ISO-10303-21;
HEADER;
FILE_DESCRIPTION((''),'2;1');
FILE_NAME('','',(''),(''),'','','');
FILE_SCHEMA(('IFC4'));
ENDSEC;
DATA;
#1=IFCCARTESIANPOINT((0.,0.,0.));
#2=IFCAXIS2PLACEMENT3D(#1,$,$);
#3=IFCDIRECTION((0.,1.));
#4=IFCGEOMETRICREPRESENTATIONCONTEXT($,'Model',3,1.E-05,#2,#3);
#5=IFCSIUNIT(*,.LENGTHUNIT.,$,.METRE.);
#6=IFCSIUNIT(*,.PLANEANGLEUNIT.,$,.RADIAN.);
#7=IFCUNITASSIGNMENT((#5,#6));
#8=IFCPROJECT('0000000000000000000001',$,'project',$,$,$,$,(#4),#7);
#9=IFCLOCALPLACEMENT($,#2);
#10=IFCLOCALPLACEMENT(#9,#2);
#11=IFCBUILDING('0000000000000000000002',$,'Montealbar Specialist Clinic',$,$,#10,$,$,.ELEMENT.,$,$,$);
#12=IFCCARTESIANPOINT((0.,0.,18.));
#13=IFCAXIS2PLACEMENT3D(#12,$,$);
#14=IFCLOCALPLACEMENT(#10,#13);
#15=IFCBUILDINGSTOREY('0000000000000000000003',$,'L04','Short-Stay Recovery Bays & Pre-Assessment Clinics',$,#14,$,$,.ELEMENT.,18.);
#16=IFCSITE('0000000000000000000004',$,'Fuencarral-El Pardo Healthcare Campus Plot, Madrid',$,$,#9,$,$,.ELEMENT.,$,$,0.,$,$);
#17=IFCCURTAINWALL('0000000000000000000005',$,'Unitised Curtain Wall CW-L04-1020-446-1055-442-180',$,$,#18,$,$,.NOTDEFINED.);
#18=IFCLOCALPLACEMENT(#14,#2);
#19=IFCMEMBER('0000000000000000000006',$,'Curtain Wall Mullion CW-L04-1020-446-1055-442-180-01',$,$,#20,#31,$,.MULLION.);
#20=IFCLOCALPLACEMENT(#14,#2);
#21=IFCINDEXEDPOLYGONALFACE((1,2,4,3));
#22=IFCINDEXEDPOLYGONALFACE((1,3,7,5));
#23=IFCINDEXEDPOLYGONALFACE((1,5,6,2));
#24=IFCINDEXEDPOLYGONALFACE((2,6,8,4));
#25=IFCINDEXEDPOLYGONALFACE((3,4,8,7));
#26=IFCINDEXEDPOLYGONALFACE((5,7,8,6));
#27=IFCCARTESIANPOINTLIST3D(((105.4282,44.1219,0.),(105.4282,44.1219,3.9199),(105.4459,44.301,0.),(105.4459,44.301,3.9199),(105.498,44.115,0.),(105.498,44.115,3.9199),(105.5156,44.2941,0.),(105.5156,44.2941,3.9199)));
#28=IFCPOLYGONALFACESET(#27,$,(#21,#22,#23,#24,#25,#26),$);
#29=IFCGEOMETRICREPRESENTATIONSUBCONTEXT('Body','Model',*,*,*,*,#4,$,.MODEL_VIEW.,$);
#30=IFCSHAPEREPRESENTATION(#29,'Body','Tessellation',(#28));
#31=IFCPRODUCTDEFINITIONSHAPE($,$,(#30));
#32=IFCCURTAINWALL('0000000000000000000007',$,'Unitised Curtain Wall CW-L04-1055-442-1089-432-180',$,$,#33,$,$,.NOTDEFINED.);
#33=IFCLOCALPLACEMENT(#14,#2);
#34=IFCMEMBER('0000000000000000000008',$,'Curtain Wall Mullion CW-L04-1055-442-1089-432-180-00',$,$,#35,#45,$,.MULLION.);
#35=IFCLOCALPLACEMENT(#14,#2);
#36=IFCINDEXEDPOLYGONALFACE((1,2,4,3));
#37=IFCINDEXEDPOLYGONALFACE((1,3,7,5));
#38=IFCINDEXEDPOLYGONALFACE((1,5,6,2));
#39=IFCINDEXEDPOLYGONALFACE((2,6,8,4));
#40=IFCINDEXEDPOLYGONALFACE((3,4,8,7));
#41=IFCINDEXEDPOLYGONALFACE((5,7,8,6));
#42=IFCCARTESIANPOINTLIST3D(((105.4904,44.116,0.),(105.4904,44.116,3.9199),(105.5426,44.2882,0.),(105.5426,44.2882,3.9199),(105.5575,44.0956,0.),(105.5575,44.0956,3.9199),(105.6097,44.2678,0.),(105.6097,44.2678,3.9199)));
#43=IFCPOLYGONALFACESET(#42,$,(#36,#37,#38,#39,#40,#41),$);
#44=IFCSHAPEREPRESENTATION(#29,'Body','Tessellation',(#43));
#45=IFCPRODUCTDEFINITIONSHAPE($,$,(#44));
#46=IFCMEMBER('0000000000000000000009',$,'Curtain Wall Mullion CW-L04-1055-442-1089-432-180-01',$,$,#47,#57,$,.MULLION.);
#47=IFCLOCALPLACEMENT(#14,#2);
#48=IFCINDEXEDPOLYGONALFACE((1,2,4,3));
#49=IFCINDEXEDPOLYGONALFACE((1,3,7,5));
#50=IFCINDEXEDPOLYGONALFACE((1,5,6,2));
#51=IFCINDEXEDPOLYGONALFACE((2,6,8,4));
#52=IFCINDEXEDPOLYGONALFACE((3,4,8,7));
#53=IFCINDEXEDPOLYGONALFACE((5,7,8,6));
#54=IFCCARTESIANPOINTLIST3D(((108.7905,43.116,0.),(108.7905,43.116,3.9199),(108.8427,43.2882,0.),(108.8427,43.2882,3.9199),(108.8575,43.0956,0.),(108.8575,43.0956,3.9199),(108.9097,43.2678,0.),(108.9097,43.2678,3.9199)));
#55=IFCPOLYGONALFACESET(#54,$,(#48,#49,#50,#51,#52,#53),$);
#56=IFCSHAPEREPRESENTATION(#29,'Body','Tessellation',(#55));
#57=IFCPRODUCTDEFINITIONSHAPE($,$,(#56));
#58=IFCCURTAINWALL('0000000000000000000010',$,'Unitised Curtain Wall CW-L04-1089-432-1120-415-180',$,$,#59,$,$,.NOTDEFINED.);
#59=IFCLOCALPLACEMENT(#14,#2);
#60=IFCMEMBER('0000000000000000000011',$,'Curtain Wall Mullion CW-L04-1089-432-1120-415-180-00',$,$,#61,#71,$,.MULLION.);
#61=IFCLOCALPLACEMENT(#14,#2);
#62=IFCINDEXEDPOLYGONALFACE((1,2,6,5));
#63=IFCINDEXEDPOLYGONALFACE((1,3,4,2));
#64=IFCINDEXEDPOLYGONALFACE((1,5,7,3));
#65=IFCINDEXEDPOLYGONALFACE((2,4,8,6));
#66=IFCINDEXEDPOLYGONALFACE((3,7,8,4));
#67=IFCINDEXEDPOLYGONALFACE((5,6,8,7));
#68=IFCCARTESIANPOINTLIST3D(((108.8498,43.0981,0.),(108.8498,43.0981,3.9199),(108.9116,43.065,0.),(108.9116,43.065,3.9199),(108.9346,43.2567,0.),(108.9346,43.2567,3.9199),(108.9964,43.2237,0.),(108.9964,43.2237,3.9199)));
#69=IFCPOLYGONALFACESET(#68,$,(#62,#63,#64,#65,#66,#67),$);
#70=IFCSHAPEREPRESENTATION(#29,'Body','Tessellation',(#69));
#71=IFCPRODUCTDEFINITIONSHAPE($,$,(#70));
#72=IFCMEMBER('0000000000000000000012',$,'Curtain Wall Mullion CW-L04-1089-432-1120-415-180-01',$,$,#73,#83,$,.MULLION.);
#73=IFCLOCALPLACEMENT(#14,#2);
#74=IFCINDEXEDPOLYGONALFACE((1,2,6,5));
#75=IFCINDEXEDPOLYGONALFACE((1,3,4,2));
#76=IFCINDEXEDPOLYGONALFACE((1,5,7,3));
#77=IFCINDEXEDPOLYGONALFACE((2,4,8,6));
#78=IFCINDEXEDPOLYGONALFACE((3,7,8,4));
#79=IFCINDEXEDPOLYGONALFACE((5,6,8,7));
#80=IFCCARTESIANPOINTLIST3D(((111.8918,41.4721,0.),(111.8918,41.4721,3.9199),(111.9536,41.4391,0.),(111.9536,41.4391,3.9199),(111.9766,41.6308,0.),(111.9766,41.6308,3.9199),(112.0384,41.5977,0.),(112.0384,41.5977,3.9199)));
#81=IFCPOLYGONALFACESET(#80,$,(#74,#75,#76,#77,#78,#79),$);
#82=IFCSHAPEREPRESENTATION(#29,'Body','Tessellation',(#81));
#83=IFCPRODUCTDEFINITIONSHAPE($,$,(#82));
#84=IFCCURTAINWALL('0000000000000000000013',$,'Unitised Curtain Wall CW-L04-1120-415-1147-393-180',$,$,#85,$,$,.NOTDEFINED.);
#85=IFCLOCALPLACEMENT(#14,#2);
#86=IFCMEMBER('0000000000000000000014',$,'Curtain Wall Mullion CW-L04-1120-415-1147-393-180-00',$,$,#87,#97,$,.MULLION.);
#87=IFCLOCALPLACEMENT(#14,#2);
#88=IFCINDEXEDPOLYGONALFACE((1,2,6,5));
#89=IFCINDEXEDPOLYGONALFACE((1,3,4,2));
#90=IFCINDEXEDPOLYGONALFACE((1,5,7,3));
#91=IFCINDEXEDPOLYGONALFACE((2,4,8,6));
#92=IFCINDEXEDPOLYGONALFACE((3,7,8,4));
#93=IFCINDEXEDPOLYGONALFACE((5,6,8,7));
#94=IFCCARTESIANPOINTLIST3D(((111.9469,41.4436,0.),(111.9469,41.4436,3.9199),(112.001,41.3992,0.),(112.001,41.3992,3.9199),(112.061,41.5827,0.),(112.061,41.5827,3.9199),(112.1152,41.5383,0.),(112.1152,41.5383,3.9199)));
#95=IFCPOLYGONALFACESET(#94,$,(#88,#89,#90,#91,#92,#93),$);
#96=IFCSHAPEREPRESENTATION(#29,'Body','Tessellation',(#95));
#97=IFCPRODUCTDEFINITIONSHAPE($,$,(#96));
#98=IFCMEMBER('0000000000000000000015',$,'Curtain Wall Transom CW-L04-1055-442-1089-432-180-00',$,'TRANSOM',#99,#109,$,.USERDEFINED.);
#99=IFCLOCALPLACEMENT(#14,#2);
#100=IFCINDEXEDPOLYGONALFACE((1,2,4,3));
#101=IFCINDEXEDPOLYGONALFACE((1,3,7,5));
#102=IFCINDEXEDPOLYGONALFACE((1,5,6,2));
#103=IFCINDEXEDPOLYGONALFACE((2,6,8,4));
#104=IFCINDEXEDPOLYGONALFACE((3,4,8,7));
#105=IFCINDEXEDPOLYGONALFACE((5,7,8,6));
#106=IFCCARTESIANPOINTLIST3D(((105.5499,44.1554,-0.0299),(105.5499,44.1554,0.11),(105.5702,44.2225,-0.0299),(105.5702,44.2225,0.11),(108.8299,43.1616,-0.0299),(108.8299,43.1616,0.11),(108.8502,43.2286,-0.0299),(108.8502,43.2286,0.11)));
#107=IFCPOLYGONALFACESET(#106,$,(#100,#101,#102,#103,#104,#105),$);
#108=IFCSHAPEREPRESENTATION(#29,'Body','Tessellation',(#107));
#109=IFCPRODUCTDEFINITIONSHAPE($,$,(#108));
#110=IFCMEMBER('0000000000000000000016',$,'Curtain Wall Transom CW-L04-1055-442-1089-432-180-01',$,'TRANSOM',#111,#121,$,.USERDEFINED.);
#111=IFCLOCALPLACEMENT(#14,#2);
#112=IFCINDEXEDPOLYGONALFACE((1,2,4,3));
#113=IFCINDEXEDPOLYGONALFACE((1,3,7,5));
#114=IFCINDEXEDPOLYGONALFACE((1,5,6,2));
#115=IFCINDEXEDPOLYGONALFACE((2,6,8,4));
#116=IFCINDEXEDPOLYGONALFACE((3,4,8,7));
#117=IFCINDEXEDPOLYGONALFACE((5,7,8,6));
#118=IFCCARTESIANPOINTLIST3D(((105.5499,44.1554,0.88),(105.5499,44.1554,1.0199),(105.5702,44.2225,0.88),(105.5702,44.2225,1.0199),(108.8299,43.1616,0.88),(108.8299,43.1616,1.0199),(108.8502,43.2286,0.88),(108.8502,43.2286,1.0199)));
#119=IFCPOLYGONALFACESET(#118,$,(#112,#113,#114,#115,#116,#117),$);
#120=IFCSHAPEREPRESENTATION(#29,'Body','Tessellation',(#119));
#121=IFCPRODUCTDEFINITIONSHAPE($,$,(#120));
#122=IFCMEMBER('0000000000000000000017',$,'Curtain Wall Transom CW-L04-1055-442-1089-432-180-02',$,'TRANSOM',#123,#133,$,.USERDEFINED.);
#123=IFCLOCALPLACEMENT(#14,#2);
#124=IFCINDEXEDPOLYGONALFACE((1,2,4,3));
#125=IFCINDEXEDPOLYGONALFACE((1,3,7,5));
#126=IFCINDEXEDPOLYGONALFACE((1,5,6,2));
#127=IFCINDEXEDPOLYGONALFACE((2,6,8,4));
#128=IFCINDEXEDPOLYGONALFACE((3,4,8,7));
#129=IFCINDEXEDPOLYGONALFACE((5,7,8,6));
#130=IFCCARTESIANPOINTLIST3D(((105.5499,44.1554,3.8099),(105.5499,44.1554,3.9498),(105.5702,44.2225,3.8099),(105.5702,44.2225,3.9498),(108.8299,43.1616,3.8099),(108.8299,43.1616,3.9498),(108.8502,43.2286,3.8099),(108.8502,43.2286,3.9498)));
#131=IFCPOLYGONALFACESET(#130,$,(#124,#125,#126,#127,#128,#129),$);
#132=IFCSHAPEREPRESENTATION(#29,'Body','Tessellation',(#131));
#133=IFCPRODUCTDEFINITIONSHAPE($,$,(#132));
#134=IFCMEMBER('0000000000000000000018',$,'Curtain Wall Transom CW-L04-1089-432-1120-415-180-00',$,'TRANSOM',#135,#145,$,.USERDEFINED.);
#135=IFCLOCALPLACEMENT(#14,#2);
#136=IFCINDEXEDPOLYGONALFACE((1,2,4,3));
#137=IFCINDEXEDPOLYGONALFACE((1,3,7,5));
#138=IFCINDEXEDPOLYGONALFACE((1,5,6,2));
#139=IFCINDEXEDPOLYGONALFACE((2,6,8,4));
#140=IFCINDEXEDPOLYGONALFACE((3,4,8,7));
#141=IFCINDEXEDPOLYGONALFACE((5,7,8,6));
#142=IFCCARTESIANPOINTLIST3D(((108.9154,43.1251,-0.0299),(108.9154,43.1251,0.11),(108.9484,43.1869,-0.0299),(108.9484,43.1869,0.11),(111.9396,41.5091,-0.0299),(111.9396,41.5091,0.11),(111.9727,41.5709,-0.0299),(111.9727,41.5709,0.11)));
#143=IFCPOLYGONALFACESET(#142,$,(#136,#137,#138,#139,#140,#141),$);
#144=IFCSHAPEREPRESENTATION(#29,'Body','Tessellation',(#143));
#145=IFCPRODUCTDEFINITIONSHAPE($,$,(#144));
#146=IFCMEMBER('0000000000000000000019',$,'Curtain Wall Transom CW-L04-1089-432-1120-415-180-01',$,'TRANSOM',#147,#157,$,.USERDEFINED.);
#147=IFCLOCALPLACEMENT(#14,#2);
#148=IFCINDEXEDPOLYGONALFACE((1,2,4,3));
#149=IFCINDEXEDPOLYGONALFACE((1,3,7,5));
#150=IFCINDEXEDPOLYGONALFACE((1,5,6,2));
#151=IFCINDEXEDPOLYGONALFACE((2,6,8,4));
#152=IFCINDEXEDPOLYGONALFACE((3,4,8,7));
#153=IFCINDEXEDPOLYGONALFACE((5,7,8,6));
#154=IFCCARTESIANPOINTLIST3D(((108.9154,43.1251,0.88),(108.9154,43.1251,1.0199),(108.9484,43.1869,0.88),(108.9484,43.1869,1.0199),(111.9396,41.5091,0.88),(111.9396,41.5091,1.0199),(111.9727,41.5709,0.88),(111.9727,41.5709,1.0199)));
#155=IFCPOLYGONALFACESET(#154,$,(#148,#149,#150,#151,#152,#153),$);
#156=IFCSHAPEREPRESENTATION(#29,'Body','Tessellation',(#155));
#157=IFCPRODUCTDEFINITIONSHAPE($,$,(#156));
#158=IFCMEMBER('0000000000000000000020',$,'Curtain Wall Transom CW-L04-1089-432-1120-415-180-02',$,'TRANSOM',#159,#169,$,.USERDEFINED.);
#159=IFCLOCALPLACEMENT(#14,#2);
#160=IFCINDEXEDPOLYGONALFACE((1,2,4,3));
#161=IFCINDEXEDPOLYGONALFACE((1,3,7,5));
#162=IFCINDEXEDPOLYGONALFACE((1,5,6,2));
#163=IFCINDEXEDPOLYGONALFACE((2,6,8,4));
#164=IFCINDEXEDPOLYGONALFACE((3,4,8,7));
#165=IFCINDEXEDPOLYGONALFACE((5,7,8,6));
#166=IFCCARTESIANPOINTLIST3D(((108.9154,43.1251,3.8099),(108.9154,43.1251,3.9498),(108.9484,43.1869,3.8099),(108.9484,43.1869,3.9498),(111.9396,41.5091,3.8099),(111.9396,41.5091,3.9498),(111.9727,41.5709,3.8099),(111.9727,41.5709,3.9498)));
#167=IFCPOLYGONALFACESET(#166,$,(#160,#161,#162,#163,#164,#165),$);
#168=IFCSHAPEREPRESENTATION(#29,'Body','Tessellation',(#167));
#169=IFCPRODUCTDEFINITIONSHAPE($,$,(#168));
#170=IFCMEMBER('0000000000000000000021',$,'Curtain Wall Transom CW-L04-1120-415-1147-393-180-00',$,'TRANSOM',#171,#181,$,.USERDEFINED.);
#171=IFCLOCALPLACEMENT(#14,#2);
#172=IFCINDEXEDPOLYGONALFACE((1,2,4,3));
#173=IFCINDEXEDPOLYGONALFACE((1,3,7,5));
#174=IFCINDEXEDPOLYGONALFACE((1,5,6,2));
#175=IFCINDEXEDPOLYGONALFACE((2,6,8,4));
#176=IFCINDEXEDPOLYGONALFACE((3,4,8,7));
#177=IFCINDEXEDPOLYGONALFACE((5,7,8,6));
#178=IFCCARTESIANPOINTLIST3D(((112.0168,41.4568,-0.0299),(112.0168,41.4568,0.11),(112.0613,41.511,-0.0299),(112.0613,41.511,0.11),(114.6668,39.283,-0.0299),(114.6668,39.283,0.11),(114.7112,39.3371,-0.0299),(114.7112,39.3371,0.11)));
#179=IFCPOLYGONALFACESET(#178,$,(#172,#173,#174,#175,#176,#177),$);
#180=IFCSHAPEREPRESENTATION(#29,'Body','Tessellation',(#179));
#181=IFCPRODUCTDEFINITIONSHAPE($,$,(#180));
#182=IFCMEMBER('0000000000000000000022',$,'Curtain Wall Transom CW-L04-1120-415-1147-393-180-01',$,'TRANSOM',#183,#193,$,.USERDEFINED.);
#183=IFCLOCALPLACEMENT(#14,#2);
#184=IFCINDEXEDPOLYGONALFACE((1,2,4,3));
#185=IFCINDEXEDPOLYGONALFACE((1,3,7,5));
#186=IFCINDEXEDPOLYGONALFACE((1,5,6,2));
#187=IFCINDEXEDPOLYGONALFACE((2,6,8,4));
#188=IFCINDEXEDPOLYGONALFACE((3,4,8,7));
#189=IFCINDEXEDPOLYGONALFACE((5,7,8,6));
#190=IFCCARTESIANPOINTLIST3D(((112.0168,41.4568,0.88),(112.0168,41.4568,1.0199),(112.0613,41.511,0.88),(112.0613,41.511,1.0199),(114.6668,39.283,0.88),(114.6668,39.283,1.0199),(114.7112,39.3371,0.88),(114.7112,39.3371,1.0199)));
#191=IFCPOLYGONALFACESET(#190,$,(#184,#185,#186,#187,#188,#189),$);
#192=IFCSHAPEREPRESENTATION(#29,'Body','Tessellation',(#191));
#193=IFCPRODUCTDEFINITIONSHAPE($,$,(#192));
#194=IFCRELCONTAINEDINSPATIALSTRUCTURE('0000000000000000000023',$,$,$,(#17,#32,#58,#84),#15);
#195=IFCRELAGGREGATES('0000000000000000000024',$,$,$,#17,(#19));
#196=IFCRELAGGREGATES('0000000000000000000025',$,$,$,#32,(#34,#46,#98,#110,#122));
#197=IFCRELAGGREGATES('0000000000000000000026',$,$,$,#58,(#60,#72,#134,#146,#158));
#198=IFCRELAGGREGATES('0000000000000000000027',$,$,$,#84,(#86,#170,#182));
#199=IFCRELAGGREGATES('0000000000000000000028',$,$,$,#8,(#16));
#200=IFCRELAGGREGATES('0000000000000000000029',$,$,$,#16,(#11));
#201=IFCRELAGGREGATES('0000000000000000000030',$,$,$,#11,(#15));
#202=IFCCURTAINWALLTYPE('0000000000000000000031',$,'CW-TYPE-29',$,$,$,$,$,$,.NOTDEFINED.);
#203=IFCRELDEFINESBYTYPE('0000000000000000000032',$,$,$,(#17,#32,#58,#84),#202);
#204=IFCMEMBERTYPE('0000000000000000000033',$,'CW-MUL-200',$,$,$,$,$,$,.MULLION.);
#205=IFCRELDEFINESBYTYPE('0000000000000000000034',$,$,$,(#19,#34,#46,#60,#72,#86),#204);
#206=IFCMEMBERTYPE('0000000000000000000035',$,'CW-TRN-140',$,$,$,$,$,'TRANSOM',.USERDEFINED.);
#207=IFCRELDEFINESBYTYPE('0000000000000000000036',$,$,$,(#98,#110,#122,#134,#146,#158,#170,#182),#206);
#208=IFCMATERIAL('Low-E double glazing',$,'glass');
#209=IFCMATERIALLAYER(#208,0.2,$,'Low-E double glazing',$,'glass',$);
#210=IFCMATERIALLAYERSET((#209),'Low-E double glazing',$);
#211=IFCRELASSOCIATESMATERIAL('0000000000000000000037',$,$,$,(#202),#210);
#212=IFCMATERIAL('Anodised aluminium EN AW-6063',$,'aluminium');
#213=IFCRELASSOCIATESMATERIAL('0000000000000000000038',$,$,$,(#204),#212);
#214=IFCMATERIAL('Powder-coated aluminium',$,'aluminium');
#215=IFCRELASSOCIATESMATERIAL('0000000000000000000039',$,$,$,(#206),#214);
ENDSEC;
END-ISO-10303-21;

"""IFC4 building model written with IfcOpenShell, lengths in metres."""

from ifc_helpers import new_model, si_unit, direction, frame, origin, origin_2d, place, context, subcontext, project, spatial, rectangle, extrude, material, layer, layer_set, material_profile, profile_set, type_object, element, aggregate, save


model = new_model("IFC4")

# Units and contexts
model_context = context("Model", 3, precision=1e-05, world=origin(), true_north=direction((0.0, 1.0)))
body_context = subcontext(model_context, "Body", "Model", "MODEL_VIEW")
ifc_project = project(units=[si_unit("LENGTHUNIT", "METRE"), si_unit("PLANEANGLEUNIT", "RADIAN")], contexts=[model_context])

# Site, building, storey
site_placement = place(None, origin())
site = spatial("IfcSite", under=ifc_project, at=site_placement, Name="Fuencarral-El Pardo Healthcare Campus Plot, Madrid", CompositionType="ELEMENT", RefElevation=0.0)
building_placement = place(site_placement, origin())
building = spatial("IfcBuilding", under=site, at=building_placement, Name="Montealbar Specialist Clinic", CompositionType="ELEMENT")
storey_placement = place(building_placement, frame((0.0, 0.0, 18.0)))
storey = spatial("IfcBuildingStorey", under=building, at=storey_placement, Name="L04", Description="Short-Stay Recovery Bays & Pre-Assessment Clinics", CompositionType="ELEMENT", Elevation=18.0)

# Curtain wall, member
ifc_material_1 = material(Name="Low-E double glazing", Category="glass")
ifc_layer_1 = layer(ifc_material_1, 0.2, Name="Low-E double glazing", Category="glass")
ifc_layer_set_1 = layer_set([ifc_layer_1], Name="Low-E double glazing")
curtain_wall_type = type_object("IfcCurtainWallType", Name="CW-TYPE-29", PredefinedType="NOTDEFINED", material=ifc_layer_set_1)
curtain_wall_1_placement = place(storey_placement, origin())
curtain_wall_1 = element("IfcCurtainWall", 1, at=curtain_wall_1_placement, inside=storey, type_object=curtain_wall_type, Name="Unitised Curtain Wall CW-L04-1020-446-1055-442-180", PredefinedType="NOTDEFINED")
ifc_material_2 = material(Name="Anodised aluminium EN AW-6063", Category="aluminium")
ifc_material_profile_1 = material_profile(ifc_material_2, rectangle(XDim=0.0701, YDim=0.1799, at=origin_2d()), Name="ALU 70x180", Category="aluminium")
ifc_profile_set_1 = profile_set([ifc_material_profile_1], Name="Anodised aluminium EN AW-6063")
member_type_1 = type_object("IfcMemberType", Name="CW-MUL-200", PredefinedType="MULLION", material=ifc_profile_set_1)
member_1_placement = place(storey_placement, frame((105.4719, 44.208, 0.0), z_axis=(0.0, 0.0, 1.0), x_axis=(0.995182, -0.098045, 0.0)))
member_1 = element("IfcMember", 2, at=member_1_placement, type_object=member_type_1, Name="Curtain Wall Mullion CW-L04-1020-446-1055-442-180-01", PredefinedType="MULLION", context=body_context, shape_type="SweptSolid", body=[
    extrude(rectangle(XDim=0.0701, YDim=0.1799, at=origin_2d()), origin(), (0.0, 0.0, 1.0), 3.9199),
])
aggregate(curtain_wall_1, [member_1])

# Curtain walls, members
curtain_wall_2_placement = place(storey_placement, origin())
curtain_wall_2 = element("IfcCurtainWall", 3, at=curtain_wall_2_placement, inside=storey, type_object=curtain_wall_type, Name="Unitised Curtain Wall CW-L04-1055-442-1089-432-180", PredefinedType="NOTDEFINED")
member_2_placement = place(storey_placement, frame((105.55, 44.1919, 0.0), z_axis=(0.0, 0.0, 1.0), x_axis=(0.956948, -0.290259, 0.0)))
member_2 = element("IfcMember", 4, at=member_2_placement, type_object=member_type_1, Name="Curtain Wall Mullion CW-L04-1055-442-1089-432-180-00", PredefinedType="MULLION", context=body_context, shape_type="SweptSolid", body=[
    extrude(rectangle(XDim=0.0701, YDim=0.1799, at=origin_2d()), origin(), (0.0, 0.0, 1.0), 3.9199),
])
member_3_placement = place(storey_placement, frame((108.8501, 43.1919, 0.0), z_axis=(0.0, 0.0, 1.0), x_axis=(0.956948, -0.290259, 0.0)))
member_3 = element("IfcMember", 5, at=member_3_placement, type_object=member_type_1, Name="Curtain Wall Mullion CW-L04-1055-442-1089-432-180-01", PredefinedType="MULLION", context=body_context, shape_type="SweptSolid", body=[
    extrude(rectangle(XDim=0.0701, YDim=0.1799, at=origin_2d()), origin(), (0.0, 0.0, 1.0), 3.9199),
])
curtain_wall_3_placement = place(storey_placement, origin())
curtain_wall_3 = element("IfcCurtainWall", 6, at=curtain_wall_3_placement, inside=storey, type_object=curtain_wall_type, Name="Unitised Curtain Wall CW-L04-1089-432-1120-415-180", PredefinedType="NOTDEFINED")
member_4_placement = place(storey_placement, frame((108.9231, 43.1609, 0.0), z_axis=(0.0, 0.0, 1.0), x_axis=(0.88185, -0.471529, 0.0)))
member_4 = element("IfcMember", 7, at=member_4_placement, type_object=member_type_1, Name="Curtain Wall Mullion CW-L04-1089-432-1120-415-180-00", PredefinedType="MULLION", context=body_context, shape_type="SweptSolid", body=[
    extrude(rectangle(XDim=0.0701, YDim=0.1799, at=origin_2d()), origin(), (0.0, 0.0, 1.0), 3.9199),
])
member_5_placement = place(storey_placement, frame((111.9651, 41.5349, 0.0), z_axis=(0.0, 0.0, 1.0), x_axis=(0.88185, -0.471529, 0.0)))
member_5 = element("IfcMember", 8, at=member_5_placement, type_object=member_type_1, Name="Curtain Wall Mullion CW-L04-1089-432-1120-415-180-01", PredefinedType="MULLION", context=body_context, shape_type="SweptSolid", body=[
    extrude(rectangle(XDim=0.0701, YDim=0.1799, at=origin_2d()), origin(), (0.0, 0.0, 1.0), 3.9199),
])

# Curtain wall, member
curtain_wall_4_placement = place(storey_placement, origin())
curtain_wall_4 = element("IfcCurtainWall", 9, at=curtain_wall_4_placement, inside=storey, type_object=curtain_wall_type, Name="Unitised Curtain Wall CW-L04-1120-415-1147-393-180", PredefinedType="NOTDEFINED")
member_6_placement = place(storey_placement, frame((112.031, 41.491, 0.0), z_axis=(0.0, 0.0, 1.0), x_axis=(0.773123, -0.634256, 0.0)))
member_6 = element("IfcMember", 10, at=member_6_placement, type_object=member_type_1, Name="Curtain Wall Mullion CW-L04-1120-415-1147-393-180-00", PredefinedType="MULLION", context=body_context, shape_type="SweptSolid", body=[
    extrude(rectangle(XDim=0.0701, YDim=0.1799, at=origin_2d()), origin(), (0.0, 0.0, 1.0), 3.9199),
])

# Members
ifc_material_3 = material(Name="Powder-coated aluminium", Category="aluminium")
ifc_material_profile_2 = material_profile(ifc_material_3, rectangle(XDim=0.0701, YDim=0.1399, at=origin_2d()), Name="ALU 70x140", Category="aluminium")
ifc_profile_set_2 = profile_set([ifc_material_profile_2], Name="Powder-coated aluminium")
member_type_2 = type_object("IfcMemberType", Name="CW-TRN-140", ElementType="TRANSOM", PredefinedType="USERDEFINED", material=ifc_profile_set_2)
member_7_placement = place(storey_placement, frame((105.5601, 44.189, 0.04), z_axis=(0.957029, -0.289994, 0.0), x_axis=(0.289994, 0.957029, 0.0)))
member_7 = element("IfcMember", 11, at=member_7_placement, type_object=member_type_2, Name="Curtain Wall Transom CW-L04-1055-442-1089-432-180-00", ObjectType="TRANSOM", PredefinedType="USERDEFINED", context=body_context, shape_type="SweptSolid", body=[
    extrude(rectangle(XDim=0.0701, YDim=0.1399, at=origin_2d()), origin(), (0.0, 0.0, 1.0), 3.4272),
])
member_8_placement = place(storey_placement, frame((105.5601, 44.189, 0.95), z_axis=(0.957029, -0.289994, 0.0), x_axis=(0.289994, 0.957029, 0.0)))
member_8 = element("IfcMember", 12, at=member_8_placement, type_object=member_type_2, Name="Curtain Wall Transom CW-L04-1055-442-1089-432-180-01", ObjectType="TRANSOM", PredefinedType="USERDEFINED", context=body_context, shape_type="SweptSolid", body=[
    extrude(rectangle(XDim=0.0701, YDim=0.1399, at=origin_2d()), origin(), (0.0, 0.0, 1.0), 3.4272),
])
member_9_placement = place(storey_placement, frame((105.5601, 44.189, 3.8799), z_axis=(0.957029, -0.289994, 0.0), x_axis=(0.289994, 0.957029, 0.0)))
member_9 = element("IfcMember", 13, at=member_9_placement, type_object=member_type_2, Name="Curtain Wall Transom CW-L04-1055-442-1089-432-180-02", ObjectType="TRANSOM", PredefinedType="USERDEFINED", context=body_context, shape_type="SweptSolid", body=[
    extrude(rectangle(XDim=0.0701, YDim=0.1399, at=origin_2d()), origin(), (0.0, 0.0, 1.0), 3.4272),
])
member_10_placement = place(storey_placement, frame((108.9319, 43.156, 0.04), z_axis=(0.88198, -0.471287, 0.0), x_axis=(0.471287, 0.88198, 0.0)))
member_10 = element("IfcMember", 14, at=member_10_placement, type_object=member_type_2, Name="Curtain Wall Transom CW-L04-1089-432-1120-415-180-00", ObjectType="TRANSOM", PredefinedType="USERDEFINED", context=body_context, shape_type="SweptSolid", body=[
    extrude(rectangle(XDim=0.0701, YDim=0.1399, at=origin_2d()), origin(), (0.0, 0.0, 1.0), 3.429),
])
member_11_placement = place(storey_placement, frame((108.9319, 43.156, 0.95), z_axis=(0.88198, -0.471287, 0.0), x_axis=(0.471287, 0.88198, 0.0)))
member_11 = element("IfcMember", 15, at=member_11_placement, type_object=member_type_2, Name="Curtain Wall Transom CW-L04-1089-432-1120-415-180-01", ObjectType="TRANSOM", PredefinedType="USERDEFINED", context=body_context, shape_type="SweptSolid", body=[
    extrude(rectangle(XDim=0.0701, YDim=0.1399, at=origin_2d()), origin(), (0.0, 0.0, 1.0), 3.429),
])
member_12_placement = place(storey_placement, frame((108.9319, 43.156, 3.8799), z_axis=(0.88198, -0.471287, 0.0), x_axis=(0.471287, 0.88198, 0.0)))
member_12 = element("IfcMember", 16, at=member_12_placement, type_object=member_type_2, Name="Curtain Wall Transom CW-L04-1089-432-1120-415-180-02", ObjectType="TRANSOM", PredefinedType="USERDEFINED", context=body_context, shape_type="SweptSolid", body=[
    extrude(rectangle(XDim=0.0701, YDim=0.1399, at=origin_2d()), origin(), (0.0, 0.0, 1.0), 3.429),
])
member_13_placement = place(storey_placement, frame((112.0391, 41.4839, 0.04), z_axis=(0.773138, -0.634238, 0.0), x_axis=(0.634238, 0.773138, 0.0)))
member_13 = element("IfcMember", 17, at=member_13_placement, type_object=member_type_2, Name="Curtain Wall Transom CW-L04-1120-415-1147-393-180-00", ObjectType="TRANSOM", PredefinedType="USERDEFINED", context=body_context, shape_type="SweptSolid", body=[
    extrude(rectangle(XDim=0.0701, YDim=0.1399, at=origin_2d()), origin(), (0.0, 0.0, 1.0), 3.4275),
])
member_14_placement = place(storey_placement, frame((112.0391, 41.4839, 0.95), z_axis=(0.773138, -0.634238, 0.0), x_axis=(0.634238, 0.773138, 0.0)))
member_14 = element("IfcMember", 18, at=member_14_placement, type_object=member_type_2, Name="Curtain Wall Transom CW-L04-1120-415-1147-393-180-01", ObjectType="TRANSOM", PredefinedType="USERDEFINED", context=body_context, shape_type="SweptSolid", body=[
    extrude(rectangle(XDim=0.0701, YDim=0.1399, at=origin_2d()), origin(), (0.0, 0.0, 1.0), 3.4275),
])

aggregate(curtain_wall_2, [member_2, member_3, member_7, member_8, member_9])
aggregate(curtain_wall_3, [member_4, member_5, member_10, member_11, member_12])
aggregate(curtain_wall_4, [member_6, member_13, member_14])

save(model, "model.ifc")
